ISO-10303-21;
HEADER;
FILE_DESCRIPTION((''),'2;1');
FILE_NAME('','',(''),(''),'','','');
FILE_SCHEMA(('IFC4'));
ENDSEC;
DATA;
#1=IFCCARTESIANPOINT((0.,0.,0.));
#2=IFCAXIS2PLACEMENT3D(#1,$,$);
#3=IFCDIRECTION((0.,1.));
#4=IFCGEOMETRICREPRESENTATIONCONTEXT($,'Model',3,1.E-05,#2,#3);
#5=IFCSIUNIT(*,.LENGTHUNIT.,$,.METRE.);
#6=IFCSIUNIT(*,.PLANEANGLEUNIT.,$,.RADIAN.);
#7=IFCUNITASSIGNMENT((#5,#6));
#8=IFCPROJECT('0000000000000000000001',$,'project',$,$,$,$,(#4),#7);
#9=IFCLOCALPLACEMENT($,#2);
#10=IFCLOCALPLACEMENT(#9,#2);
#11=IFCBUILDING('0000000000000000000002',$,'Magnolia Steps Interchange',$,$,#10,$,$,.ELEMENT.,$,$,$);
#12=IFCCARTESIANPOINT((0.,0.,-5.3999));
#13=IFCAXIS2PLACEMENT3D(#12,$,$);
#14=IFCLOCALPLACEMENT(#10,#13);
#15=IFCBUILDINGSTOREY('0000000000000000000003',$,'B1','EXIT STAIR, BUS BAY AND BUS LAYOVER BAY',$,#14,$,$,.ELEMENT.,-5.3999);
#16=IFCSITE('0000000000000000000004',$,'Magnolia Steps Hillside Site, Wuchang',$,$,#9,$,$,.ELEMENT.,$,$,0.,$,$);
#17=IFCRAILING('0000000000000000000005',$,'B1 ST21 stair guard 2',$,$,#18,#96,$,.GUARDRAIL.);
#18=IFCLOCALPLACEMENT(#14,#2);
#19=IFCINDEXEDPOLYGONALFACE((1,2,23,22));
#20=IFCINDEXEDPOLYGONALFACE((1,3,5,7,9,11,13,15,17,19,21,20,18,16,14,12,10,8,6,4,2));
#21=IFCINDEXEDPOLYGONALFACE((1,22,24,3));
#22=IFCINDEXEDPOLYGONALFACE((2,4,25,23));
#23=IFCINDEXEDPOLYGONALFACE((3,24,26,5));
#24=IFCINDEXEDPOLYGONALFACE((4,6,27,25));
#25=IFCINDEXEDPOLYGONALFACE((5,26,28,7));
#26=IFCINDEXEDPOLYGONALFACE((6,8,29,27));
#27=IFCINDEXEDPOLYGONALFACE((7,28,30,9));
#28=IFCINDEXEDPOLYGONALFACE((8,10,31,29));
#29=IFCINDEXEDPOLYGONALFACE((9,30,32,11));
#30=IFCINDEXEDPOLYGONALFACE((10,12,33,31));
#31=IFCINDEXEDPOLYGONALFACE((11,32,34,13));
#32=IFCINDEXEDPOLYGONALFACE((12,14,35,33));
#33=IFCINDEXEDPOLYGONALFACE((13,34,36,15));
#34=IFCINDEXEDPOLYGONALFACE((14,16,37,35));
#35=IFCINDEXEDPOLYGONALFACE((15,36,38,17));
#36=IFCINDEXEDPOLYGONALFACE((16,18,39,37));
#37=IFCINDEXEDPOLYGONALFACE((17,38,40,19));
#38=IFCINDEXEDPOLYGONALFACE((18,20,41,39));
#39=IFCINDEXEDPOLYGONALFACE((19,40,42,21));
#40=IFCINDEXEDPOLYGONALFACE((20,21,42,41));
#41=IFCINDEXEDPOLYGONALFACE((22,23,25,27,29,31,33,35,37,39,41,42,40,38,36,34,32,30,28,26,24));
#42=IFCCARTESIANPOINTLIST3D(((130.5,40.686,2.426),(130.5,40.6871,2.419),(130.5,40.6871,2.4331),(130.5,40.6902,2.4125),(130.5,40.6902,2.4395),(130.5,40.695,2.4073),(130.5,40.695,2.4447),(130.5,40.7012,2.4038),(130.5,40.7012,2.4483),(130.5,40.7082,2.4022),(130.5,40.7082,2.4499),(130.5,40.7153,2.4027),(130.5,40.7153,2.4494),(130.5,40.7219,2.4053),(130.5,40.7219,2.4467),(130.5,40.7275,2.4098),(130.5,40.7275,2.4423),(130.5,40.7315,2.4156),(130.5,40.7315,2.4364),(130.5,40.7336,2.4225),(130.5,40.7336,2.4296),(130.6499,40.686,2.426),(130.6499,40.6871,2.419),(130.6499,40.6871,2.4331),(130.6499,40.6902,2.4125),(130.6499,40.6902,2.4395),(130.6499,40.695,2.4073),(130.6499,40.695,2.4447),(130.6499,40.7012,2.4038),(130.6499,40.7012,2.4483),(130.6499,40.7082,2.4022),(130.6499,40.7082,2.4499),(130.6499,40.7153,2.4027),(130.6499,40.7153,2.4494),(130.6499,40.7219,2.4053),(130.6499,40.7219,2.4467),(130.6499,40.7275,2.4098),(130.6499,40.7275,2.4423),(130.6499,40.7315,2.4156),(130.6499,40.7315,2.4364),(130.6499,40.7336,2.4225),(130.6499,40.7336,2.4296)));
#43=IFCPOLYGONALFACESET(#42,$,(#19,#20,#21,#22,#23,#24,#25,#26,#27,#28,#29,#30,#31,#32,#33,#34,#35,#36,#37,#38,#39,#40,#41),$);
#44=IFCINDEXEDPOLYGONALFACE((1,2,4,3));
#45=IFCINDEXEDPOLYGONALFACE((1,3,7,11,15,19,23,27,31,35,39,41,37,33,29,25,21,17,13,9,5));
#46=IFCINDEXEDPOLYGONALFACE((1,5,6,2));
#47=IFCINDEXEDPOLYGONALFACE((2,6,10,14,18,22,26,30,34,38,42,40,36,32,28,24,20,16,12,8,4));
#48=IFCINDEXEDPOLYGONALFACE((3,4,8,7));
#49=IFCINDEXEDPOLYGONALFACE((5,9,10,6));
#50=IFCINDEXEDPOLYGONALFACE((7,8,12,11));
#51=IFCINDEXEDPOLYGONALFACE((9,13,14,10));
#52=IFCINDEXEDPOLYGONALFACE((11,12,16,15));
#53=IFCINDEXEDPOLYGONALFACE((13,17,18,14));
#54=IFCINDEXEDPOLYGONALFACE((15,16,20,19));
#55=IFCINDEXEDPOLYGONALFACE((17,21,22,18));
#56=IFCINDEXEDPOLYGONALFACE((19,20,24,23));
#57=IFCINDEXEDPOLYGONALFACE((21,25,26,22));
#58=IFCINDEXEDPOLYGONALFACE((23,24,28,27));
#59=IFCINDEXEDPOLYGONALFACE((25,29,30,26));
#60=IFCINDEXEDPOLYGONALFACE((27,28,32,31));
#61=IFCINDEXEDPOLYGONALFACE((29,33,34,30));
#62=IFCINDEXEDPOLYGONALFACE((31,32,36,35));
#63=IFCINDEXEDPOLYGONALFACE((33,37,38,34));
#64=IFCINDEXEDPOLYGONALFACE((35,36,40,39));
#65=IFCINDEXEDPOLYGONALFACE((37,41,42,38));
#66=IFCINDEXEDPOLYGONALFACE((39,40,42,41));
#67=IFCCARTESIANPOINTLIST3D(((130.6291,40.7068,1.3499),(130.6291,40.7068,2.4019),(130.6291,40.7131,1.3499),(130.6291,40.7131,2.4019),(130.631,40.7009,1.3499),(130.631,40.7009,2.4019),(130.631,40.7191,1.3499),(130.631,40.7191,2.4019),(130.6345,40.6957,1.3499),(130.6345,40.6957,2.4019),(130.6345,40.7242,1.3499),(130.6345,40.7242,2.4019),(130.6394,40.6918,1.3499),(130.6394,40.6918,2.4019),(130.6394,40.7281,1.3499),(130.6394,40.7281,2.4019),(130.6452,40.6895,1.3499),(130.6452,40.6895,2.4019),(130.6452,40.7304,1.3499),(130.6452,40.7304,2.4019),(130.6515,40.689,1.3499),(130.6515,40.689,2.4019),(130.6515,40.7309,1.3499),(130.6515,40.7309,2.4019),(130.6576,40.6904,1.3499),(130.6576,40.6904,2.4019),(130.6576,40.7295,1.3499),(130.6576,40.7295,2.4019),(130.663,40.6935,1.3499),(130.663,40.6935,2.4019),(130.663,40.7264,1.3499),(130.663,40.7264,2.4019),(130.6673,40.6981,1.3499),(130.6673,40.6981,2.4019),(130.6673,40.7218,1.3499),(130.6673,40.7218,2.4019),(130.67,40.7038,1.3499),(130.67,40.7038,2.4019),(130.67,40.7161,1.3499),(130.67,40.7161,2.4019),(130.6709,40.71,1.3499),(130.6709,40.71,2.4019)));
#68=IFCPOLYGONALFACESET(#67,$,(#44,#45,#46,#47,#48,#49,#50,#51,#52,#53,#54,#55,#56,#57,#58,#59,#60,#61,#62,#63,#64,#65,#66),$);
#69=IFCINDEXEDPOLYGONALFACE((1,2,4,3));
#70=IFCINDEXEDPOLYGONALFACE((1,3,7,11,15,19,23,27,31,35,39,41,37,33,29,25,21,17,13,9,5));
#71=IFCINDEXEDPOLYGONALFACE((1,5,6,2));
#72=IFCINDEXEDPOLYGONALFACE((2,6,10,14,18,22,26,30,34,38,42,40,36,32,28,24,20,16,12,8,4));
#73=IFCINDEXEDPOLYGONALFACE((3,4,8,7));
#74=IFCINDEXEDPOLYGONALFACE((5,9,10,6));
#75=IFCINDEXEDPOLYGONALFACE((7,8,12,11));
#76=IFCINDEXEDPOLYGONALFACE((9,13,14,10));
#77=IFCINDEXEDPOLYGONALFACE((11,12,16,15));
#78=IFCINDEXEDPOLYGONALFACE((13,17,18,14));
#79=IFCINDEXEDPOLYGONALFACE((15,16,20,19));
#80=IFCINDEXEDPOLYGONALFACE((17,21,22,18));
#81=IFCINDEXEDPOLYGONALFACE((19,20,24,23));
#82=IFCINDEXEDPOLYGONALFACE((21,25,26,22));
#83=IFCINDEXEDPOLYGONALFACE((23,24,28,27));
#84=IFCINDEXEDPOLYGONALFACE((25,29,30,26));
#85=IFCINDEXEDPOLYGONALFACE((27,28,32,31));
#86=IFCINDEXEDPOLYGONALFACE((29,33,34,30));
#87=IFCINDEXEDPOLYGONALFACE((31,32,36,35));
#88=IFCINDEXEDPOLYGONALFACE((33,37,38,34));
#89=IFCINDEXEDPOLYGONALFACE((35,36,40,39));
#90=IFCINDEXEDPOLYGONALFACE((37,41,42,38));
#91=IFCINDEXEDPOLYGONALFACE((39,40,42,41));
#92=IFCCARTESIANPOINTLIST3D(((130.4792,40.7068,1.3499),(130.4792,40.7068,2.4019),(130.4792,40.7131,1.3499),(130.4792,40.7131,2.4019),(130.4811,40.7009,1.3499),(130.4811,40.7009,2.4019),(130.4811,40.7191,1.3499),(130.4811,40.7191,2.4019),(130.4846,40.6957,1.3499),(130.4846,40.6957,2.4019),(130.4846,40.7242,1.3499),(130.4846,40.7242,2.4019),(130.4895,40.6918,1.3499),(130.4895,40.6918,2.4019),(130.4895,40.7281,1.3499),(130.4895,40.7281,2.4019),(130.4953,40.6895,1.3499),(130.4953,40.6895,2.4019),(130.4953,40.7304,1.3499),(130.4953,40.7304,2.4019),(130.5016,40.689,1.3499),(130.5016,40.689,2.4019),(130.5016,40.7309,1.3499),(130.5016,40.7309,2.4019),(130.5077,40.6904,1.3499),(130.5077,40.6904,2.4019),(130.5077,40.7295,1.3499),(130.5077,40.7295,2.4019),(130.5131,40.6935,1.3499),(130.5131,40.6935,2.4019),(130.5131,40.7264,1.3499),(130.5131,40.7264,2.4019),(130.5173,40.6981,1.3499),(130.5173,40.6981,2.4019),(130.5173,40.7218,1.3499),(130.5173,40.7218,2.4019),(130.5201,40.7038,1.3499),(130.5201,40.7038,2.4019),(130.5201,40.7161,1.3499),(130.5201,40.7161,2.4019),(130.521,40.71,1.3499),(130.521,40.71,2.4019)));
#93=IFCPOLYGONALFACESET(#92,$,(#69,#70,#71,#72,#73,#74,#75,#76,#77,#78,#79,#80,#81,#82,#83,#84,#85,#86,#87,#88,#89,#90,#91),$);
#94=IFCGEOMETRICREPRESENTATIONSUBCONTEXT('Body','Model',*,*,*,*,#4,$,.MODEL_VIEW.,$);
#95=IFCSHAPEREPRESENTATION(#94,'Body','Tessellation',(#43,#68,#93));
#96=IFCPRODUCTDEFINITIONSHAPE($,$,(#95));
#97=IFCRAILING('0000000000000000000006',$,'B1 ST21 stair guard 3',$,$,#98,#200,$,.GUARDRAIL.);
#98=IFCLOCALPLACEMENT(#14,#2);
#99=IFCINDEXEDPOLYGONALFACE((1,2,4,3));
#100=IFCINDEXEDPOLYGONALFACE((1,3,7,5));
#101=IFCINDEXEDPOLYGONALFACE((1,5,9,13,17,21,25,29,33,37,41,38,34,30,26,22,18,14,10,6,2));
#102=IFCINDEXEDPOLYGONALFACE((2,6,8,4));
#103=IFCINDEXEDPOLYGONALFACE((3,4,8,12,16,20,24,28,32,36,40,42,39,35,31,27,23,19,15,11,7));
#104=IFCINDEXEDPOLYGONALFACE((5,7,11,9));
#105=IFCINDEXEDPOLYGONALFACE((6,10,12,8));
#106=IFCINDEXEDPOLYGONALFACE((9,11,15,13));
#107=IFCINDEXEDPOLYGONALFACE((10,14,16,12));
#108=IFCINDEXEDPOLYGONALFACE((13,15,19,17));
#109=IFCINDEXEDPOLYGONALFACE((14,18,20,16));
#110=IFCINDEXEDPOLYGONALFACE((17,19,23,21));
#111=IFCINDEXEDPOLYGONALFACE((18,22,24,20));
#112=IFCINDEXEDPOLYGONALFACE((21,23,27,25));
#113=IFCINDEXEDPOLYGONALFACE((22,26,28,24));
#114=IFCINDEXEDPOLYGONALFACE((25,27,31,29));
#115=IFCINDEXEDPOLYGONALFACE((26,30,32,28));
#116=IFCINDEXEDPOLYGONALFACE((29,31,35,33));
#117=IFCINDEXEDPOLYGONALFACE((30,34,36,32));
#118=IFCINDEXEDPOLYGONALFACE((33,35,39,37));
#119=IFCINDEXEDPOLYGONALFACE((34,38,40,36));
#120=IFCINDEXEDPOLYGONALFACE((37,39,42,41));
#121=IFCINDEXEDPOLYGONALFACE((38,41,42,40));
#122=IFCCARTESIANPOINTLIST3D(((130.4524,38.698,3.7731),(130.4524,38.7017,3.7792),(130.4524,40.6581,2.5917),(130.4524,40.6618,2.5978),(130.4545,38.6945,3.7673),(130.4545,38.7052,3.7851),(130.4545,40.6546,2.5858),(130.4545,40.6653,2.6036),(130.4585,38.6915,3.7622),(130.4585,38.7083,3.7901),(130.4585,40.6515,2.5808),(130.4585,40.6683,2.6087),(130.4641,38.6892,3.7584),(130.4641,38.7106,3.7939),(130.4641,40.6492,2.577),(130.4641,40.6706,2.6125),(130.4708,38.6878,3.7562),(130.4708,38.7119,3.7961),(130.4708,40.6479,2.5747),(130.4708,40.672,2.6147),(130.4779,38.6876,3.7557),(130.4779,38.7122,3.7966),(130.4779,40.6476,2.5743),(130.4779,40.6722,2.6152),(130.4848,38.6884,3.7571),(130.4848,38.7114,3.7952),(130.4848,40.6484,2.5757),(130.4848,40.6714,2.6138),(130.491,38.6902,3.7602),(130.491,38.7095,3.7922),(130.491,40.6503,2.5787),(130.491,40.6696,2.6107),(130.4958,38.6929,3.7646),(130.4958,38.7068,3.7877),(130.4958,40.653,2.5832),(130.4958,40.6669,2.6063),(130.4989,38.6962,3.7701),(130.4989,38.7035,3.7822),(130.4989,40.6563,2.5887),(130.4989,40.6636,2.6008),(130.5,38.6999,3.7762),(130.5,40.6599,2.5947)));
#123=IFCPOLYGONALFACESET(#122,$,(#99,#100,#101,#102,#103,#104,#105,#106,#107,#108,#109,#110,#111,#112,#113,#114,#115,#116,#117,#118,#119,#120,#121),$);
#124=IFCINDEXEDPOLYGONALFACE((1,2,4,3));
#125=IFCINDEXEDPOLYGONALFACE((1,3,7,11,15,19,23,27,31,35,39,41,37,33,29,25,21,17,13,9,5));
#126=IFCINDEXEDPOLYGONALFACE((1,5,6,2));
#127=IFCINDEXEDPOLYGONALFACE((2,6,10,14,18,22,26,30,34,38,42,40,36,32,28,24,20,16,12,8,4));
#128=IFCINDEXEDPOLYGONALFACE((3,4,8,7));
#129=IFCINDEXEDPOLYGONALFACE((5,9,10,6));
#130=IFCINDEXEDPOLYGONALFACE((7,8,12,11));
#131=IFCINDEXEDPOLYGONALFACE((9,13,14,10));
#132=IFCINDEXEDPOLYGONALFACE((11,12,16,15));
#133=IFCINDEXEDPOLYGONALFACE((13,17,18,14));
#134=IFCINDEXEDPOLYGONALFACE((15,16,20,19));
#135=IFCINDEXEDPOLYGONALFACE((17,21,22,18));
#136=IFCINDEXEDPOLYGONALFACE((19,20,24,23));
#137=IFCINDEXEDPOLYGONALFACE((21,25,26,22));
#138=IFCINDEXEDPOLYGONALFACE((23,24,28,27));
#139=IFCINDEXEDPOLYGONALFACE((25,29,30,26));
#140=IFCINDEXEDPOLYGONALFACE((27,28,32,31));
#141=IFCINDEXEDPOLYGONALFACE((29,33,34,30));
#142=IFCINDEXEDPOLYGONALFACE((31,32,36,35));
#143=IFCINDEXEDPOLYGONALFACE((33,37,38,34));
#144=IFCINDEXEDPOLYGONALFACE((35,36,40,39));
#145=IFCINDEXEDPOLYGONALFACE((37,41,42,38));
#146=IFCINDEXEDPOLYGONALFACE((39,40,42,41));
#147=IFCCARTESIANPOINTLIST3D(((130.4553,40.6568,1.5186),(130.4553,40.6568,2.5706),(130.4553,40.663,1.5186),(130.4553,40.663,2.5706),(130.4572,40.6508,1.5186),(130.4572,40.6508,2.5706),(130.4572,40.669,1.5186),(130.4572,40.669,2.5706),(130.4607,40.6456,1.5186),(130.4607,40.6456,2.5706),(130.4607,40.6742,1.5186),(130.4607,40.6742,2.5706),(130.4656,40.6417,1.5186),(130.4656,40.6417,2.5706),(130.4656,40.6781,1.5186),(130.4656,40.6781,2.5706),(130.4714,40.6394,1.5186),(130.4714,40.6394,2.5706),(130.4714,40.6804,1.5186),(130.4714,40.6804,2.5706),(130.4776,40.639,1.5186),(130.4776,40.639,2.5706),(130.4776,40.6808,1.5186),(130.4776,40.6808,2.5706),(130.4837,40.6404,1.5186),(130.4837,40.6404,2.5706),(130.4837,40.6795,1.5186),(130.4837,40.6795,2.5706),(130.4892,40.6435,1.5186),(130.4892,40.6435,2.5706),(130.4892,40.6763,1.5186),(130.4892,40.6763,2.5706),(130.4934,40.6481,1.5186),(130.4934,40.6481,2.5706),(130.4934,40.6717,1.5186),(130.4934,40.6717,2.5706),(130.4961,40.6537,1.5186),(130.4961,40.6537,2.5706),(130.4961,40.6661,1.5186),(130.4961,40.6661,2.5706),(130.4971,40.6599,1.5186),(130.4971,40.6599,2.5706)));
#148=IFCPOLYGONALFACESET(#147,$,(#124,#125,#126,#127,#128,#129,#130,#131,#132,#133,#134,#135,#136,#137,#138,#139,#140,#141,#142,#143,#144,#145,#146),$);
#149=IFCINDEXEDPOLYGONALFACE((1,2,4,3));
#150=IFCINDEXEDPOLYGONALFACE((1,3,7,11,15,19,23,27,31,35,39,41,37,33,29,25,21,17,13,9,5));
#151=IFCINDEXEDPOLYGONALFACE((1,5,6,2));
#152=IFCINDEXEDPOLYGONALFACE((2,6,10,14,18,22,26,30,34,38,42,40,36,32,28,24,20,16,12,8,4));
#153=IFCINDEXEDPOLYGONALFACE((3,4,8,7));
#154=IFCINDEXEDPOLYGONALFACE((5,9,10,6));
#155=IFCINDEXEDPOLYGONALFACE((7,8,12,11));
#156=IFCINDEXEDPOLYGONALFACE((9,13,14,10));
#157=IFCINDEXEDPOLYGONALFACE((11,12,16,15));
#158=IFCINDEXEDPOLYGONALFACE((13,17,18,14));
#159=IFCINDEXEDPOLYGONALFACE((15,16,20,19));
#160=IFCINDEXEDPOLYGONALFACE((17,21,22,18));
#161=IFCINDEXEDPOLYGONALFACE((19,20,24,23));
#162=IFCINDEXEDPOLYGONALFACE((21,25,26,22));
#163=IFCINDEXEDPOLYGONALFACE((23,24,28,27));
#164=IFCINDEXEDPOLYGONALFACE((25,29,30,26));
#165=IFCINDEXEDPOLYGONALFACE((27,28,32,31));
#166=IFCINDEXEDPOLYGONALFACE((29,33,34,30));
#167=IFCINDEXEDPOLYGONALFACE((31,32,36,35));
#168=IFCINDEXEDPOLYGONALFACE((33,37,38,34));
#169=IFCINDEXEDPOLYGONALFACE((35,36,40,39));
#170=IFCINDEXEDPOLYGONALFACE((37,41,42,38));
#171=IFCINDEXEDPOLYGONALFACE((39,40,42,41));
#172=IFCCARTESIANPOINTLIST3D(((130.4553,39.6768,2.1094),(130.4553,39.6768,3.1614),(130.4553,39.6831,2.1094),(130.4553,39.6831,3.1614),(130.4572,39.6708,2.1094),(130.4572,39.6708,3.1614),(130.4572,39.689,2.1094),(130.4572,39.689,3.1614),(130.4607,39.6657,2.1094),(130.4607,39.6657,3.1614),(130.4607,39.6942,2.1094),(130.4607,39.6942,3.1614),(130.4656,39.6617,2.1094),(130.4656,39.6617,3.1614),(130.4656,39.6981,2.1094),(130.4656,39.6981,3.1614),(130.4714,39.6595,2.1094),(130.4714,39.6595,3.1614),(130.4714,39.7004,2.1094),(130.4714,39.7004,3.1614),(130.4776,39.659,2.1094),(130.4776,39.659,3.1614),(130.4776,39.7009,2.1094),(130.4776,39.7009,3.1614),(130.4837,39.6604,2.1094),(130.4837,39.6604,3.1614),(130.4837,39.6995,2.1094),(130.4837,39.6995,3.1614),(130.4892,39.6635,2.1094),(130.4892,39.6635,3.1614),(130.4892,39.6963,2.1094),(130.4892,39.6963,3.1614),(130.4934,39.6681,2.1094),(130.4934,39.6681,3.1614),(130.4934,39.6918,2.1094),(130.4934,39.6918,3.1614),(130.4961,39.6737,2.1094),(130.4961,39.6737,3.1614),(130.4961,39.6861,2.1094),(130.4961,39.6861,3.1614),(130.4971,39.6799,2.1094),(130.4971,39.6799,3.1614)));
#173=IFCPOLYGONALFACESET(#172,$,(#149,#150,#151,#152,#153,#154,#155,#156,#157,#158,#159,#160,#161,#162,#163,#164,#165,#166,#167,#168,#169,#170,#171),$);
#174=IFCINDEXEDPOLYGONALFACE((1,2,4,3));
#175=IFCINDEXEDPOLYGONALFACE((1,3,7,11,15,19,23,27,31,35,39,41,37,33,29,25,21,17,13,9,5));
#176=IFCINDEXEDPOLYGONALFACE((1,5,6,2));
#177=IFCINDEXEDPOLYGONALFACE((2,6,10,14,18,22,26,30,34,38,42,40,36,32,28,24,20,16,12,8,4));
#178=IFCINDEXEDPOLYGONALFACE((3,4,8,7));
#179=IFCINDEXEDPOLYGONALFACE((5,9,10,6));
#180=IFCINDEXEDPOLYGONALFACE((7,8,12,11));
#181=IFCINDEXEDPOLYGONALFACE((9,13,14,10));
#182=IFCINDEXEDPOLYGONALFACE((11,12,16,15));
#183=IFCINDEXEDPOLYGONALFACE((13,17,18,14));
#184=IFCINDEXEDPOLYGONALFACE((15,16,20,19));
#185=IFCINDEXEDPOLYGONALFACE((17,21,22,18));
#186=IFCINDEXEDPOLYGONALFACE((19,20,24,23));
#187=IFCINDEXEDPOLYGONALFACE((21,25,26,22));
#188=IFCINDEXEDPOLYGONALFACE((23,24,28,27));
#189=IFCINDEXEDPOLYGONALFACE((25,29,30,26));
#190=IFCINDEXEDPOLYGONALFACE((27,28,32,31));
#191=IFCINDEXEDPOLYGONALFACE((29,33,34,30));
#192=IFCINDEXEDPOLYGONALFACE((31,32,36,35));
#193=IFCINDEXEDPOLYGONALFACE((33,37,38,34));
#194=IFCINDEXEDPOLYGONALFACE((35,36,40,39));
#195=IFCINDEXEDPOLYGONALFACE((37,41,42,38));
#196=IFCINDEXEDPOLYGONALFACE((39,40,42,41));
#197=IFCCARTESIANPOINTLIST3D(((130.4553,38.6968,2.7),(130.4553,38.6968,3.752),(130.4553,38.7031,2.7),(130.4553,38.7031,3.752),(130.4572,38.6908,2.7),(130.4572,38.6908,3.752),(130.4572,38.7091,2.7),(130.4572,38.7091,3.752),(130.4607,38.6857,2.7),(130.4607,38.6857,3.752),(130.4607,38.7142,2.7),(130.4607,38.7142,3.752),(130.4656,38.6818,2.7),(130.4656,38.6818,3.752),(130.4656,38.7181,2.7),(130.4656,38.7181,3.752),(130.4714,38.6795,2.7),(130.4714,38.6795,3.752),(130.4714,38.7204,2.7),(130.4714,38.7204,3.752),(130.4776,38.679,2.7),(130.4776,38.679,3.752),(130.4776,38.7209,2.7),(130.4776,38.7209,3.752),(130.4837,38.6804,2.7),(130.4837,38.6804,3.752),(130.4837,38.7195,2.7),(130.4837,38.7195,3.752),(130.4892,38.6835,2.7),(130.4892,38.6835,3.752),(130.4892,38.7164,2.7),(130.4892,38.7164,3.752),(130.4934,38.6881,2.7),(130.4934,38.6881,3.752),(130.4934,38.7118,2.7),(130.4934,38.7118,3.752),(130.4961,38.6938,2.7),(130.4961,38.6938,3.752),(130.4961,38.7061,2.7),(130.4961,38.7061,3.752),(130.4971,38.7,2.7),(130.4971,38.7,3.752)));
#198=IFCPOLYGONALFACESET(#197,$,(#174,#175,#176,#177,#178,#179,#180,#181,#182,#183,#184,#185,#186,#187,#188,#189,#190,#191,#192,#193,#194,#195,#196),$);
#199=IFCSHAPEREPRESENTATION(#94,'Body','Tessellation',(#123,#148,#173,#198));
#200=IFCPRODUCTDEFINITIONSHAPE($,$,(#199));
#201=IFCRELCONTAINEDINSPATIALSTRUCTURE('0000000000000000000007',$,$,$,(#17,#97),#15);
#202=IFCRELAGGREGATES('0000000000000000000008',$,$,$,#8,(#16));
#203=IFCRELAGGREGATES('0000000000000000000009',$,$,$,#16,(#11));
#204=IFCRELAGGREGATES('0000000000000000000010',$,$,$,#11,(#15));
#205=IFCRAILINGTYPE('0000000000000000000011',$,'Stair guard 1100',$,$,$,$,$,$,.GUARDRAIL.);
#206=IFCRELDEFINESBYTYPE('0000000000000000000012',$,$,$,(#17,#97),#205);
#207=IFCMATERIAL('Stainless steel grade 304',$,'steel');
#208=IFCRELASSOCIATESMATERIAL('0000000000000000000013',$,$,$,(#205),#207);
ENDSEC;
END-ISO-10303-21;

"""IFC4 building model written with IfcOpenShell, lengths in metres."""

from ifc_helpers import new_model, si_unit, direction, frame, origin, origin_2d, place, context, subcontext, project, spatial, circle, extrude, material, type_object, element, save


model = new_model("IFC4")

# Units and contexts
model_context = context("Model", 3, precision=1e-05, world=origin(), true_north=direction((0.0, 1.0)))
body_context = subcontext(model_context, "Body", "Model", "MODEL_VIEW")
ifc_project = project(units=[si_unit("LENGTHUNIT", "METRE"), si_unit("PLANEANGLEUNIT", "RADIAN")], contexts=[model_context])

# Site, building, storey
site_placement = place(None, origin())
site = spatial("IfcSite", under=ifc_project, at=site_placement, Name="Magnolia Steps Hillside Site, Wuchang", CompositionType="ELEMENT", RefElevation=0.0)
building_placement = place(site_placement, origin())
building = spatial("IfcBuilding", under=site, at=building_placement, Name="Magnolia Steps Interchange", CompositionType="ELEMENT")
storey_placement = place(building_placement, frame((0.0, 0.0, -5.3999)))
storey = spatial("IfcBuildingStorey", under=building, at=storey_placement, Name="B1", Description="EXIT STAIR, BUS BAY AND BUS LAYOVER BAY", CompositionType="ELEMENT", Elevation=-5.3999)

# Railings
ifc_material_1 = material(Name="Stainless steel grade 304", Category="steel")
railing_type_1 = type_object("IfcRailingType", Name="Stair guard 1100", PredefinedType="GUARDRAIL", material=ifc_material_1)
railing_1_placement = place(storey_placement, frame((130.6499, 40.71, 1.3499)))
element("IfcRailing", 1, at=railing_1_placement, inside=storey, type_object=railing_type_1, Name="B1 ST21 stair guard 2", PredefinedType="GUARDRAIL", context=body_context, shape_type="SweptSolid", body=[
    extrude(circle(Radius=0.0239, at=origin_2d()), frame((0.0, 0.0, 1.0762), z_axis=(-1.0, 0.0, 0.0), x_axis=(0.0, -1.0, 0.0)), (0.0, 0.0, 1.0), 0.1499),
    extrude(circle(Radius=0.021, at=origin_2d()), origin(), (0.0, 0.0, 1.0), 1.052),
    extrude(circle(Radius=0.021, at=origin_2d()), frame((-0.1499, 0.0, 0.0)), (0.0, 0.0, 1.0), 1.052),
])
railing_2_placement = place(storey_placement, frame((130.4761, 40.6599, 1.5186)))
element("IfcRailing", 2, at=railing_2_placement, inside=storey, type_object=railing_type_1, Name="B1 ST21 stair guard 3", PredefinedType="GUARDRAIL", context=body_context, shape_type="SweptSolid", body=[
    extrude(circle(Radius=0.0239, at=origin_2d()), frame((0.0, 0.0, 1.0762), z_axis=(0.0, -0.856446, 0.516236), x_axis=(1.0, 0.0, 0.0)), (0.0, 0.0, 1.0), 2.2886),
    extrude(circle(Radius=0.021, at=origin_2d()), origin(), (0.0, 0.0, 1.0), 1.052),
    extrude(circle(Radius=0.021, at=origin_2d()), frame((0.0, -0.98, 0.5908)), (0.0, 0.0, 1.0), 1.052),
    extrude(circle(Radius=0.021, at=origin_2d()), frame((0.0, -1.96, 1.1814)), (0.0, 0.0, 1.0), 1.052),
])

save(model, "model.ifc")
